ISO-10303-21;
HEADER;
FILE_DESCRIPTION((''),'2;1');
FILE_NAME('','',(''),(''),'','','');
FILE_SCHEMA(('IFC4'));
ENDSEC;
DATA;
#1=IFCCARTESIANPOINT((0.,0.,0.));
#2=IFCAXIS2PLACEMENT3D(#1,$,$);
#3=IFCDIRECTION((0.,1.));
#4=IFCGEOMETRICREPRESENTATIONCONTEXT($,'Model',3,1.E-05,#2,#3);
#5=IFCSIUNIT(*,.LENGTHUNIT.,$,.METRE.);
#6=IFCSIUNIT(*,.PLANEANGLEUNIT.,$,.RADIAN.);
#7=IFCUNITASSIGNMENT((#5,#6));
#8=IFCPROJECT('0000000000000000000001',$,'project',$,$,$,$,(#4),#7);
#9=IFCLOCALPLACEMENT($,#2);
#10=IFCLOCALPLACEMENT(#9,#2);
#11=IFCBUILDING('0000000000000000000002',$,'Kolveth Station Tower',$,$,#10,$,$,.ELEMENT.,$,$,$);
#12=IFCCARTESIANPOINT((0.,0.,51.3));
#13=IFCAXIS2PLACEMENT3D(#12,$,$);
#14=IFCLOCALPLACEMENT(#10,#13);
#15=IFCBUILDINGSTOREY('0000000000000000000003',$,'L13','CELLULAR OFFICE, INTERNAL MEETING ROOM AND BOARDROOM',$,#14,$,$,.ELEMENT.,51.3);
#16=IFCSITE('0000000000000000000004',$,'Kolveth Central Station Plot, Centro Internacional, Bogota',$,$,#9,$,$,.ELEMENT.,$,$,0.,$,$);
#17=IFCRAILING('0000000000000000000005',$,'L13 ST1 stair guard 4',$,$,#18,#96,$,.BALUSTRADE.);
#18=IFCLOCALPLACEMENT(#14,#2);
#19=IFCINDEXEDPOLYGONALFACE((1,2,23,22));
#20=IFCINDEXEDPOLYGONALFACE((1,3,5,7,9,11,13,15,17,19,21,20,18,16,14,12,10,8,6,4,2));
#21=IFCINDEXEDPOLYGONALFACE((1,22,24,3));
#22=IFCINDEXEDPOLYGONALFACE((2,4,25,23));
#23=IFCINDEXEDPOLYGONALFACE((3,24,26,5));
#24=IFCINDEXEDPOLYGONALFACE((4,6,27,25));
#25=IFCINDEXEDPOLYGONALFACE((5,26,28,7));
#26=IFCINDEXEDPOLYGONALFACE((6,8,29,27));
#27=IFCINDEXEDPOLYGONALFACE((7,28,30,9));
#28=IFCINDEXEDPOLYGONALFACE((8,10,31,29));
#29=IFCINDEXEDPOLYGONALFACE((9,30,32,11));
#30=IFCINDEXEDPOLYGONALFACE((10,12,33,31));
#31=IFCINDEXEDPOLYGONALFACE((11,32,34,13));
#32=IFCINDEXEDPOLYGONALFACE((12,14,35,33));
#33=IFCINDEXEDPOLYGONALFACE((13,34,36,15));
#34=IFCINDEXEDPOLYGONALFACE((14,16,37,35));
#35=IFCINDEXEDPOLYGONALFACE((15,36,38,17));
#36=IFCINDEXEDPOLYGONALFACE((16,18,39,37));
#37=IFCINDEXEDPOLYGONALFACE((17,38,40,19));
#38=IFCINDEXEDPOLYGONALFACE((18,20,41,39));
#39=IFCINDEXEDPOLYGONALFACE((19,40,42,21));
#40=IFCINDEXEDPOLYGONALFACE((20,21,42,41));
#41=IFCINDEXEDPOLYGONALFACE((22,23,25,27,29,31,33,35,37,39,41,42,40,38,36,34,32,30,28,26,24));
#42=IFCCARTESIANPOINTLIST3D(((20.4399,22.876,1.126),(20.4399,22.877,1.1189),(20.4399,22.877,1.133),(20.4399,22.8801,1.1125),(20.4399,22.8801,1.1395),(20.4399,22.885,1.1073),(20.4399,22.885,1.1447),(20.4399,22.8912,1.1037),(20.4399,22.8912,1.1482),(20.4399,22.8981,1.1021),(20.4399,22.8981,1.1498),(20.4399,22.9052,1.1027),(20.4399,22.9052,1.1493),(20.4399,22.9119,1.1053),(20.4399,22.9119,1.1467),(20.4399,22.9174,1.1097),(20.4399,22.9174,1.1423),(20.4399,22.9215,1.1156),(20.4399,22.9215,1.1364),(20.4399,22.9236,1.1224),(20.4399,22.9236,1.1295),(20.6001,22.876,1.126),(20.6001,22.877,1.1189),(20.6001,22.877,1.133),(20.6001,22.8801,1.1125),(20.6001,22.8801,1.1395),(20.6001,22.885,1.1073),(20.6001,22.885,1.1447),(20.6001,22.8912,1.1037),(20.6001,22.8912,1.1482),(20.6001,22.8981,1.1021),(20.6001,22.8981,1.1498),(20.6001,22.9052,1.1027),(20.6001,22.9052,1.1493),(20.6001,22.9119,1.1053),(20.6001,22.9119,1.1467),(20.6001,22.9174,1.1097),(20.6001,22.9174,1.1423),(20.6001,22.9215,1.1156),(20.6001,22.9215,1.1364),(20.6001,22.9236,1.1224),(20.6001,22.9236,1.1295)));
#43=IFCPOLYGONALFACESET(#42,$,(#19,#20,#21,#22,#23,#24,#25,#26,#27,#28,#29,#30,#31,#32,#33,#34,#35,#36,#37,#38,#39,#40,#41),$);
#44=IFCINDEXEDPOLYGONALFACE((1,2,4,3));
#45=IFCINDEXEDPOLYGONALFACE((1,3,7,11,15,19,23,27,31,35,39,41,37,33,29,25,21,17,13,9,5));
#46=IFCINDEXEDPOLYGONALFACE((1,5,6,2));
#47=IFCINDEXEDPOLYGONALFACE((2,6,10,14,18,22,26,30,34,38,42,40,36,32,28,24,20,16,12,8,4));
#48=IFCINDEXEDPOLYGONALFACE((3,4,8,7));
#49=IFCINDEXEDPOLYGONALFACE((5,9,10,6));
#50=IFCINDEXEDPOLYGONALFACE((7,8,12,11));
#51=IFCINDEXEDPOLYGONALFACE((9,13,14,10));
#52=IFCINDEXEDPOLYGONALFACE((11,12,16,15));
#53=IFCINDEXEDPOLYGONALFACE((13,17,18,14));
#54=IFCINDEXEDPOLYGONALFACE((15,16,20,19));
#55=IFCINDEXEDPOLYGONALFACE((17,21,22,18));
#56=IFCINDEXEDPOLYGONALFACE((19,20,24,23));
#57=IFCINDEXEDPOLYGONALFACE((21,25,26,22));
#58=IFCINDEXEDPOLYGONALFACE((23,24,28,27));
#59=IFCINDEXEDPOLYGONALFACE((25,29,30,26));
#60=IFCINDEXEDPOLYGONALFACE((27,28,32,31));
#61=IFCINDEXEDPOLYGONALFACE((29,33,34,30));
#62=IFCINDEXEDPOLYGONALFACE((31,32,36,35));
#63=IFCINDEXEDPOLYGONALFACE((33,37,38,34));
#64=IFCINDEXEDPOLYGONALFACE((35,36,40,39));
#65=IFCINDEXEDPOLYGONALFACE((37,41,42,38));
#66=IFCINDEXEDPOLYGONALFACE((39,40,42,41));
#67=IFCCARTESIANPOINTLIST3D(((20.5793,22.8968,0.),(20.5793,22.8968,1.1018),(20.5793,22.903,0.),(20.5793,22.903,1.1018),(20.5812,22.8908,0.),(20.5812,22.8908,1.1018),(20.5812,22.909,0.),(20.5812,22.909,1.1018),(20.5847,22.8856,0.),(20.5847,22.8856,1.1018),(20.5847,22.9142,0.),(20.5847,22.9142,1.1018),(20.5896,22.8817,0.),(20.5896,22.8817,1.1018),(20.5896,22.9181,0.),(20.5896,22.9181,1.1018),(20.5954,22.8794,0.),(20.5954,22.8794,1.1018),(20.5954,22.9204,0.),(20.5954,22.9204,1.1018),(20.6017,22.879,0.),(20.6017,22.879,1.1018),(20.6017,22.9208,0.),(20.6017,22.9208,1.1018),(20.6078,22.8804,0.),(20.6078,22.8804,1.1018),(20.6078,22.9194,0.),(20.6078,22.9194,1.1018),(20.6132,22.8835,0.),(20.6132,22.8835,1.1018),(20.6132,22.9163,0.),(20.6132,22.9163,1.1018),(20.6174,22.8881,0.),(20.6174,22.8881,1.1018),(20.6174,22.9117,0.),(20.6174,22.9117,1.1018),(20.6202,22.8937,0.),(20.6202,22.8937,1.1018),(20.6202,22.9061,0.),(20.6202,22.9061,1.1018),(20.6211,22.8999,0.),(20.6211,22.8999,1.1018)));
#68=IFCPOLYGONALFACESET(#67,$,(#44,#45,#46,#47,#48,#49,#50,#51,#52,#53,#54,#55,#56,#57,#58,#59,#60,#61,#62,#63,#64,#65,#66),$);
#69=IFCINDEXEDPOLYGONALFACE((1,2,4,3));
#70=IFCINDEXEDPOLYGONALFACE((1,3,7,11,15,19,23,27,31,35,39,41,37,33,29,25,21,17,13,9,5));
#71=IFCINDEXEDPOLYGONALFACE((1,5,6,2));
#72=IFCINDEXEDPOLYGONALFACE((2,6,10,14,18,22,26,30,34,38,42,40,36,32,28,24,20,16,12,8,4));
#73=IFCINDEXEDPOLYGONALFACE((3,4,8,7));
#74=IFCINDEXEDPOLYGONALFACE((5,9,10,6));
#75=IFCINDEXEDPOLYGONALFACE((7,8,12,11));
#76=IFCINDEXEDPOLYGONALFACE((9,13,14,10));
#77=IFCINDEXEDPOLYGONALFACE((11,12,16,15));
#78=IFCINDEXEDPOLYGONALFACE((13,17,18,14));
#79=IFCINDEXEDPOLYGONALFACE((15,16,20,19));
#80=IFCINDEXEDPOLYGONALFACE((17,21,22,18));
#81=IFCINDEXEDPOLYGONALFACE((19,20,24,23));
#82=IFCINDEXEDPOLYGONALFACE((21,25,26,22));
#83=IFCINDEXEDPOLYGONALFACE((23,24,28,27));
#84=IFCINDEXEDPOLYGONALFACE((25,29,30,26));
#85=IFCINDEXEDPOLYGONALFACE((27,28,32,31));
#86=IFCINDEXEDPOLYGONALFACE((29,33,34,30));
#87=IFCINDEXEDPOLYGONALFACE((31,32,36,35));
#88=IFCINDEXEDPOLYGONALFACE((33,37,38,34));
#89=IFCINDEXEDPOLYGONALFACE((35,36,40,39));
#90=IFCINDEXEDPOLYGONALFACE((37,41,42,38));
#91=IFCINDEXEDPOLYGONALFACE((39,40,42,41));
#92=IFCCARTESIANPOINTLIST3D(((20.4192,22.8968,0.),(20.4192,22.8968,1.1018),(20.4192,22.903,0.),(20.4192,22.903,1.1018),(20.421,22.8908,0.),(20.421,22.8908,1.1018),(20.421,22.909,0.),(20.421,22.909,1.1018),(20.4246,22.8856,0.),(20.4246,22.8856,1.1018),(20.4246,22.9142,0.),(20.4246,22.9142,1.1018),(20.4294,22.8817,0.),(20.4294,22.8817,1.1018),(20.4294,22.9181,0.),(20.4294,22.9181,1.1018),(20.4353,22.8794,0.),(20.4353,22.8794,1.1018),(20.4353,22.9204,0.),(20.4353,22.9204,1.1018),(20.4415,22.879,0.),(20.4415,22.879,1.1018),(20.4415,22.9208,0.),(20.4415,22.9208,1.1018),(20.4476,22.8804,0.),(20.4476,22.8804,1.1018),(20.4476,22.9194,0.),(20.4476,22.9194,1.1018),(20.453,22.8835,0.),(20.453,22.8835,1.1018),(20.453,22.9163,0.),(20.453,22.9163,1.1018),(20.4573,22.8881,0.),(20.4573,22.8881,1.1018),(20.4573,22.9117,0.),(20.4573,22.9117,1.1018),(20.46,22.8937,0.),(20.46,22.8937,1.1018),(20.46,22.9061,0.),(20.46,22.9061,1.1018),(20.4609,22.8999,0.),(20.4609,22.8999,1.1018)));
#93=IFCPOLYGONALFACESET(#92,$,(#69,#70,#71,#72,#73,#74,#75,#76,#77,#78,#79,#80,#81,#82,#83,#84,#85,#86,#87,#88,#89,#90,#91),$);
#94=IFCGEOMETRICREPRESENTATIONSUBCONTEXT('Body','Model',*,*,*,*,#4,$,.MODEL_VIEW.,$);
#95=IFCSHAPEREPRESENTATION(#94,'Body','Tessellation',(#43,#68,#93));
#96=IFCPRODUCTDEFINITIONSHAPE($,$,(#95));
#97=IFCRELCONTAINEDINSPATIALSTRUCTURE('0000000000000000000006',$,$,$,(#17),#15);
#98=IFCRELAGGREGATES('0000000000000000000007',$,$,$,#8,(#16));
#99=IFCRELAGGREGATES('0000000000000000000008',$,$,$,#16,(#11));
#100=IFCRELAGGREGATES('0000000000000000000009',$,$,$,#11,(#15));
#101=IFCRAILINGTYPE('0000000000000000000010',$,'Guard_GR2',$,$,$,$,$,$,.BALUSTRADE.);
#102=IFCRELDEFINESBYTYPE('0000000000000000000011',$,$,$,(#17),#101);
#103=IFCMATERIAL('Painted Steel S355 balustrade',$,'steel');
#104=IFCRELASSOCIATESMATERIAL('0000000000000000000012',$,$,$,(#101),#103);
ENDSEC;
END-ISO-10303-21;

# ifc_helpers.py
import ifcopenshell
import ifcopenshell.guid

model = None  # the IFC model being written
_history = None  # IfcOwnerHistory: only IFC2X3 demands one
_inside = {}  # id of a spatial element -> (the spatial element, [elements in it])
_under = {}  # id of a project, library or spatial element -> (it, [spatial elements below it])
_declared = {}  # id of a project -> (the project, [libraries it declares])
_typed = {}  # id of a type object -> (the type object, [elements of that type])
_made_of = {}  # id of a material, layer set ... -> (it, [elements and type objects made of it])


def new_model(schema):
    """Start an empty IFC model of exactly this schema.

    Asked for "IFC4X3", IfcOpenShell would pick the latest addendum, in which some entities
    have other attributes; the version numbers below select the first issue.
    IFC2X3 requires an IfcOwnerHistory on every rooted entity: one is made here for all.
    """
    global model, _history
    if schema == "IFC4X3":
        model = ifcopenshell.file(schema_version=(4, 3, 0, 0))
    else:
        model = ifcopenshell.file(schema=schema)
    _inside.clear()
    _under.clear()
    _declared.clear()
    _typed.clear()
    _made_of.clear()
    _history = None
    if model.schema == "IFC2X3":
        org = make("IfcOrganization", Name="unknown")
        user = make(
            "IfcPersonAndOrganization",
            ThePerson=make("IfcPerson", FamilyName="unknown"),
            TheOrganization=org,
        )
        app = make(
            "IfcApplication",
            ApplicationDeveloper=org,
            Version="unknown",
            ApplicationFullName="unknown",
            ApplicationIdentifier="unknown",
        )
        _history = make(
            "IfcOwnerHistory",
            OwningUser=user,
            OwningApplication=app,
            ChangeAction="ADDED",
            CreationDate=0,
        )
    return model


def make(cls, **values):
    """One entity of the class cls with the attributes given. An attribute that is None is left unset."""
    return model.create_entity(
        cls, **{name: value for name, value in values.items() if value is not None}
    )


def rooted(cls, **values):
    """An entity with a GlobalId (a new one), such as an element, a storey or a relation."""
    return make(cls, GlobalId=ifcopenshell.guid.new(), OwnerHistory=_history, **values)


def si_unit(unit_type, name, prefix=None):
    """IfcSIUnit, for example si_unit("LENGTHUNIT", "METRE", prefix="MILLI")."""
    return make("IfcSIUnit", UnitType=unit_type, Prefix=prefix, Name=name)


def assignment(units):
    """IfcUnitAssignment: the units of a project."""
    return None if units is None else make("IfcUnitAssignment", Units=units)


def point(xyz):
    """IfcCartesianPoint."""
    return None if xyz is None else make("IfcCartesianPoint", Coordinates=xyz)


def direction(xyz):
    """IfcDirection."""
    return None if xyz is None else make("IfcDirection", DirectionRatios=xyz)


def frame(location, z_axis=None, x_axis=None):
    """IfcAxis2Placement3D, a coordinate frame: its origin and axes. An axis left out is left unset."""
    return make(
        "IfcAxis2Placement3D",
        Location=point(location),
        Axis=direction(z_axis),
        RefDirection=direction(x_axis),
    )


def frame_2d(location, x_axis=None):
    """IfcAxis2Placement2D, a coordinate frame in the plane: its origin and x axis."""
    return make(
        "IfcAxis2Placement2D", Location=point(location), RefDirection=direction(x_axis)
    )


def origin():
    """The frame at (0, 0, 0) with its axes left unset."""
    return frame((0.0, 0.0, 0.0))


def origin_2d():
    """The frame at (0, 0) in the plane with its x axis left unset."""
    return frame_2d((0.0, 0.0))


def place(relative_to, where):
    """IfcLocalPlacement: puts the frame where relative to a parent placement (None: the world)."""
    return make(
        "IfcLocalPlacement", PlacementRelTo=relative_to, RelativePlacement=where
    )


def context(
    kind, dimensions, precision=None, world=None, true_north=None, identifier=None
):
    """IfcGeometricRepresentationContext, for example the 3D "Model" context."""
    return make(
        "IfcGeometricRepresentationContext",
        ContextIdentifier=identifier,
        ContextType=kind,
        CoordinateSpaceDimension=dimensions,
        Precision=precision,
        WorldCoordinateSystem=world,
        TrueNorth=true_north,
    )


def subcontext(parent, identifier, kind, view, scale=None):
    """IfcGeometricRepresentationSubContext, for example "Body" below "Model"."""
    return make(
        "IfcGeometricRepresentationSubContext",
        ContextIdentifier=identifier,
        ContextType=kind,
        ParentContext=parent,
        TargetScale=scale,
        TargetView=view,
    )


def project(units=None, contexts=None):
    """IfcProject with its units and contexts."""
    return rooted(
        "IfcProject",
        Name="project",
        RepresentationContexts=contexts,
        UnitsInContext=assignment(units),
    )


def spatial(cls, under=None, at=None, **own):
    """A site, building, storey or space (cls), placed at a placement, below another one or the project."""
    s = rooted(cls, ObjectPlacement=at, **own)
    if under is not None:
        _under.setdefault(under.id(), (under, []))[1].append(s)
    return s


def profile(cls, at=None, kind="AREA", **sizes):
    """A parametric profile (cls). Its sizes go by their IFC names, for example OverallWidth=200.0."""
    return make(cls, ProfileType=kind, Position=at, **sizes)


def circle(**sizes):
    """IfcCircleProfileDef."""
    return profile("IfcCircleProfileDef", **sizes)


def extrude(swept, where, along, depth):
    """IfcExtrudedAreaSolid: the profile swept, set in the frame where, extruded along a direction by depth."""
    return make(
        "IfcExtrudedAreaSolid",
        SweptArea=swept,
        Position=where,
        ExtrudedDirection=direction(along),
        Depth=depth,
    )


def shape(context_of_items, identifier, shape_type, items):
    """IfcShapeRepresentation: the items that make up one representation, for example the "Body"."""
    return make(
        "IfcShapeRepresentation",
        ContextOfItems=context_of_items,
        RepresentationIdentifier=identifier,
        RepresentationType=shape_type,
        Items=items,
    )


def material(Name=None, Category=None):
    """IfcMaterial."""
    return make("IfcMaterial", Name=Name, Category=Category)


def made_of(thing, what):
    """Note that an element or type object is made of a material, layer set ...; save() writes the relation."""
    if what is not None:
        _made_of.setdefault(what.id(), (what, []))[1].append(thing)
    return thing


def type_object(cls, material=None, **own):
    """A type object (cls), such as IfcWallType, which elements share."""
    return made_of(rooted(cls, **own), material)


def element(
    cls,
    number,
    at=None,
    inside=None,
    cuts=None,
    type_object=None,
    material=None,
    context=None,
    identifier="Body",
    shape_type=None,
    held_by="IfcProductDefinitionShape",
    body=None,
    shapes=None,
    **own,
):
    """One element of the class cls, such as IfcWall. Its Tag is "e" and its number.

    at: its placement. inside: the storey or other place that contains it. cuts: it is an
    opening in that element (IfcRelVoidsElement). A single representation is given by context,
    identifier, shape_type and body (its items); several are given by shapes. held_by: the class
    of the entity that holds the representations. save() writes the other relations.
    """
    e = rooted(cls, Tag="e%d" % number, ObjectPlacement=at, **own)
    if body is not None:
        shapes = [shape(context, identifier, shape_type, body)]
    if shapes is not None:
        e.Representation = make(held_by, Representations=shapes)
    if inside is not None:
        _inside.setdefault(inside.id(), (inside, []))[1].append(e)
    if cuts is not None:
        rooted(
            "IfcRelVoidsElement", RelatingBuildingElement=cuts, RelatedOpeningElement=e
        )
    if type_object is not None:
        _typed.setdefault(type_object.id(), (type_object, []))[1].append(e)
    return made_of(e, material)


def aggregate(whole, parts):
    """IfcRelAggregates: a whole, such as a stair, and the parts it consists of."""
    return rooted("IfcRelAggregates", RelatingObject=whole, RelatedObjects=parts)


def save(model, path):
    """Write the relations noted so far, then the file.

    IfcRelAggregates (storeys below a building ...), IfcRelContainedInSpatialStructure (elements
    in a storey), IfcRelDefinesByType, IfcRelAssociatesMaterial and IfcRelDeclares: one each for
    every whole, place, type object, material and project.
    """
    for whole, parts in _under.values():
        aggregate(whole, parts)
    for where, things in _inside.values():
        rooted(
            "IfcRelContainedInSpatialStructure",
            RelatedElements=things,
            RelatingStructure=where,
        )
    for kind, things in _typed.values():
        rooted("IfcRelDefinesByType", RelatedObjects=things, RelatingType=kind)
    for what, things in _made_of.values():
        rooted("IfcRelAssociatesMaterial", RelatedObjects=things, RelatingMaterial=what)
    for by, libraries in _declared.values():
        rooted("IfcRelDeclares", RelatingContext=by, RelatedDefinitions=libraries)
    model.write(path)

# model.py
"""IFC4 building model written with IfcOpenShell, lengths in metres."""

from ifc_helpers import new_model, si_unit, direction, frame, origin, origin_2d, place, context, subcontext, project, spatial, circle, extrude, material, type_object, element, save


model = new_model("IFC4")

# Units and contexts
model_context = context("Model", 3, precision=1e-05, world=origin(), true_north=direction((0.0, 1.0)))
body_context = subcontext(model_context, "Body", "Model", "MODEL_VIEW")
ifc_project = project(units=[si_unit("LENGTHUNIT", "METRE"), si_unit("PLANEANGLEUNIT", "RADIAN")], contexts=[model_context])

# Site, building, storey
site_placement = place(None, origin())
site = spatial("IfcSite", under=ifc_project, at=site_placement, Name="Kolveth Central Station Plot, Centro Internacional, Bogota", CompositionType="ELEMENT", RefElevation=0.0)
building_placement = place(site_placement, origin())
building = spatial("IfcBuilding", under=site, at=building_placement, Name="Kolveth Station Tower", CompositionType="ELEMENT")
storey_placement = place(building_placement, frame((0.0, 0.0, 51.3)))
storey = spatial("IfcBuildingStorey", under=building, at=storey_placement, Name="L13", Description="CELLULAR OFFICE, INTERNAL MEETING ROOM AND BOARDROOM", CompositionType="ELEMENT", Elevation=51.3)

# Railing
ifc_material_1 = material(Name="Painted Steel S355 balustrade", Category="steel")
railing_type_1 = type_object("IfcRailingType", Name="Guard_GR2", PredefinedType="BALUSTRADE", material=ifc_material_1)
railing_1_placement = place(storey_placement, frame((20.6001, 22.8999, 0.0)))
element("IfcRailing", 1, at=railing_1_placement, inside=storey, type_object=railing_type_1, Name="L13 ST1 stair guard 4", PredefinedType="BALUSTRADE", context=body_context, shape_type="SweptSolid", body=[
    extrude(circle(Radius=0.0239, at=origin_2d()), frame((0.0, 0.0, 1.126), z_axis=(-1.0, 0.0, 0.0), x_axis=(0.0, -1.0, 0.0)), (0.0, 0.0, 1.0), 0.1602),
    extrude(circle(Radius=0.021, at=origin_2d()), origin(), (0.0, 0.0, 1.0), 1.1018),
    extrude(circle(Radius=0.021, at=origin_2d()), frame((-0.1602, 0.0, 0.0)), (0.0, 0.0, 1.0), 1.1018),
])

save(model, "model.ifc")
